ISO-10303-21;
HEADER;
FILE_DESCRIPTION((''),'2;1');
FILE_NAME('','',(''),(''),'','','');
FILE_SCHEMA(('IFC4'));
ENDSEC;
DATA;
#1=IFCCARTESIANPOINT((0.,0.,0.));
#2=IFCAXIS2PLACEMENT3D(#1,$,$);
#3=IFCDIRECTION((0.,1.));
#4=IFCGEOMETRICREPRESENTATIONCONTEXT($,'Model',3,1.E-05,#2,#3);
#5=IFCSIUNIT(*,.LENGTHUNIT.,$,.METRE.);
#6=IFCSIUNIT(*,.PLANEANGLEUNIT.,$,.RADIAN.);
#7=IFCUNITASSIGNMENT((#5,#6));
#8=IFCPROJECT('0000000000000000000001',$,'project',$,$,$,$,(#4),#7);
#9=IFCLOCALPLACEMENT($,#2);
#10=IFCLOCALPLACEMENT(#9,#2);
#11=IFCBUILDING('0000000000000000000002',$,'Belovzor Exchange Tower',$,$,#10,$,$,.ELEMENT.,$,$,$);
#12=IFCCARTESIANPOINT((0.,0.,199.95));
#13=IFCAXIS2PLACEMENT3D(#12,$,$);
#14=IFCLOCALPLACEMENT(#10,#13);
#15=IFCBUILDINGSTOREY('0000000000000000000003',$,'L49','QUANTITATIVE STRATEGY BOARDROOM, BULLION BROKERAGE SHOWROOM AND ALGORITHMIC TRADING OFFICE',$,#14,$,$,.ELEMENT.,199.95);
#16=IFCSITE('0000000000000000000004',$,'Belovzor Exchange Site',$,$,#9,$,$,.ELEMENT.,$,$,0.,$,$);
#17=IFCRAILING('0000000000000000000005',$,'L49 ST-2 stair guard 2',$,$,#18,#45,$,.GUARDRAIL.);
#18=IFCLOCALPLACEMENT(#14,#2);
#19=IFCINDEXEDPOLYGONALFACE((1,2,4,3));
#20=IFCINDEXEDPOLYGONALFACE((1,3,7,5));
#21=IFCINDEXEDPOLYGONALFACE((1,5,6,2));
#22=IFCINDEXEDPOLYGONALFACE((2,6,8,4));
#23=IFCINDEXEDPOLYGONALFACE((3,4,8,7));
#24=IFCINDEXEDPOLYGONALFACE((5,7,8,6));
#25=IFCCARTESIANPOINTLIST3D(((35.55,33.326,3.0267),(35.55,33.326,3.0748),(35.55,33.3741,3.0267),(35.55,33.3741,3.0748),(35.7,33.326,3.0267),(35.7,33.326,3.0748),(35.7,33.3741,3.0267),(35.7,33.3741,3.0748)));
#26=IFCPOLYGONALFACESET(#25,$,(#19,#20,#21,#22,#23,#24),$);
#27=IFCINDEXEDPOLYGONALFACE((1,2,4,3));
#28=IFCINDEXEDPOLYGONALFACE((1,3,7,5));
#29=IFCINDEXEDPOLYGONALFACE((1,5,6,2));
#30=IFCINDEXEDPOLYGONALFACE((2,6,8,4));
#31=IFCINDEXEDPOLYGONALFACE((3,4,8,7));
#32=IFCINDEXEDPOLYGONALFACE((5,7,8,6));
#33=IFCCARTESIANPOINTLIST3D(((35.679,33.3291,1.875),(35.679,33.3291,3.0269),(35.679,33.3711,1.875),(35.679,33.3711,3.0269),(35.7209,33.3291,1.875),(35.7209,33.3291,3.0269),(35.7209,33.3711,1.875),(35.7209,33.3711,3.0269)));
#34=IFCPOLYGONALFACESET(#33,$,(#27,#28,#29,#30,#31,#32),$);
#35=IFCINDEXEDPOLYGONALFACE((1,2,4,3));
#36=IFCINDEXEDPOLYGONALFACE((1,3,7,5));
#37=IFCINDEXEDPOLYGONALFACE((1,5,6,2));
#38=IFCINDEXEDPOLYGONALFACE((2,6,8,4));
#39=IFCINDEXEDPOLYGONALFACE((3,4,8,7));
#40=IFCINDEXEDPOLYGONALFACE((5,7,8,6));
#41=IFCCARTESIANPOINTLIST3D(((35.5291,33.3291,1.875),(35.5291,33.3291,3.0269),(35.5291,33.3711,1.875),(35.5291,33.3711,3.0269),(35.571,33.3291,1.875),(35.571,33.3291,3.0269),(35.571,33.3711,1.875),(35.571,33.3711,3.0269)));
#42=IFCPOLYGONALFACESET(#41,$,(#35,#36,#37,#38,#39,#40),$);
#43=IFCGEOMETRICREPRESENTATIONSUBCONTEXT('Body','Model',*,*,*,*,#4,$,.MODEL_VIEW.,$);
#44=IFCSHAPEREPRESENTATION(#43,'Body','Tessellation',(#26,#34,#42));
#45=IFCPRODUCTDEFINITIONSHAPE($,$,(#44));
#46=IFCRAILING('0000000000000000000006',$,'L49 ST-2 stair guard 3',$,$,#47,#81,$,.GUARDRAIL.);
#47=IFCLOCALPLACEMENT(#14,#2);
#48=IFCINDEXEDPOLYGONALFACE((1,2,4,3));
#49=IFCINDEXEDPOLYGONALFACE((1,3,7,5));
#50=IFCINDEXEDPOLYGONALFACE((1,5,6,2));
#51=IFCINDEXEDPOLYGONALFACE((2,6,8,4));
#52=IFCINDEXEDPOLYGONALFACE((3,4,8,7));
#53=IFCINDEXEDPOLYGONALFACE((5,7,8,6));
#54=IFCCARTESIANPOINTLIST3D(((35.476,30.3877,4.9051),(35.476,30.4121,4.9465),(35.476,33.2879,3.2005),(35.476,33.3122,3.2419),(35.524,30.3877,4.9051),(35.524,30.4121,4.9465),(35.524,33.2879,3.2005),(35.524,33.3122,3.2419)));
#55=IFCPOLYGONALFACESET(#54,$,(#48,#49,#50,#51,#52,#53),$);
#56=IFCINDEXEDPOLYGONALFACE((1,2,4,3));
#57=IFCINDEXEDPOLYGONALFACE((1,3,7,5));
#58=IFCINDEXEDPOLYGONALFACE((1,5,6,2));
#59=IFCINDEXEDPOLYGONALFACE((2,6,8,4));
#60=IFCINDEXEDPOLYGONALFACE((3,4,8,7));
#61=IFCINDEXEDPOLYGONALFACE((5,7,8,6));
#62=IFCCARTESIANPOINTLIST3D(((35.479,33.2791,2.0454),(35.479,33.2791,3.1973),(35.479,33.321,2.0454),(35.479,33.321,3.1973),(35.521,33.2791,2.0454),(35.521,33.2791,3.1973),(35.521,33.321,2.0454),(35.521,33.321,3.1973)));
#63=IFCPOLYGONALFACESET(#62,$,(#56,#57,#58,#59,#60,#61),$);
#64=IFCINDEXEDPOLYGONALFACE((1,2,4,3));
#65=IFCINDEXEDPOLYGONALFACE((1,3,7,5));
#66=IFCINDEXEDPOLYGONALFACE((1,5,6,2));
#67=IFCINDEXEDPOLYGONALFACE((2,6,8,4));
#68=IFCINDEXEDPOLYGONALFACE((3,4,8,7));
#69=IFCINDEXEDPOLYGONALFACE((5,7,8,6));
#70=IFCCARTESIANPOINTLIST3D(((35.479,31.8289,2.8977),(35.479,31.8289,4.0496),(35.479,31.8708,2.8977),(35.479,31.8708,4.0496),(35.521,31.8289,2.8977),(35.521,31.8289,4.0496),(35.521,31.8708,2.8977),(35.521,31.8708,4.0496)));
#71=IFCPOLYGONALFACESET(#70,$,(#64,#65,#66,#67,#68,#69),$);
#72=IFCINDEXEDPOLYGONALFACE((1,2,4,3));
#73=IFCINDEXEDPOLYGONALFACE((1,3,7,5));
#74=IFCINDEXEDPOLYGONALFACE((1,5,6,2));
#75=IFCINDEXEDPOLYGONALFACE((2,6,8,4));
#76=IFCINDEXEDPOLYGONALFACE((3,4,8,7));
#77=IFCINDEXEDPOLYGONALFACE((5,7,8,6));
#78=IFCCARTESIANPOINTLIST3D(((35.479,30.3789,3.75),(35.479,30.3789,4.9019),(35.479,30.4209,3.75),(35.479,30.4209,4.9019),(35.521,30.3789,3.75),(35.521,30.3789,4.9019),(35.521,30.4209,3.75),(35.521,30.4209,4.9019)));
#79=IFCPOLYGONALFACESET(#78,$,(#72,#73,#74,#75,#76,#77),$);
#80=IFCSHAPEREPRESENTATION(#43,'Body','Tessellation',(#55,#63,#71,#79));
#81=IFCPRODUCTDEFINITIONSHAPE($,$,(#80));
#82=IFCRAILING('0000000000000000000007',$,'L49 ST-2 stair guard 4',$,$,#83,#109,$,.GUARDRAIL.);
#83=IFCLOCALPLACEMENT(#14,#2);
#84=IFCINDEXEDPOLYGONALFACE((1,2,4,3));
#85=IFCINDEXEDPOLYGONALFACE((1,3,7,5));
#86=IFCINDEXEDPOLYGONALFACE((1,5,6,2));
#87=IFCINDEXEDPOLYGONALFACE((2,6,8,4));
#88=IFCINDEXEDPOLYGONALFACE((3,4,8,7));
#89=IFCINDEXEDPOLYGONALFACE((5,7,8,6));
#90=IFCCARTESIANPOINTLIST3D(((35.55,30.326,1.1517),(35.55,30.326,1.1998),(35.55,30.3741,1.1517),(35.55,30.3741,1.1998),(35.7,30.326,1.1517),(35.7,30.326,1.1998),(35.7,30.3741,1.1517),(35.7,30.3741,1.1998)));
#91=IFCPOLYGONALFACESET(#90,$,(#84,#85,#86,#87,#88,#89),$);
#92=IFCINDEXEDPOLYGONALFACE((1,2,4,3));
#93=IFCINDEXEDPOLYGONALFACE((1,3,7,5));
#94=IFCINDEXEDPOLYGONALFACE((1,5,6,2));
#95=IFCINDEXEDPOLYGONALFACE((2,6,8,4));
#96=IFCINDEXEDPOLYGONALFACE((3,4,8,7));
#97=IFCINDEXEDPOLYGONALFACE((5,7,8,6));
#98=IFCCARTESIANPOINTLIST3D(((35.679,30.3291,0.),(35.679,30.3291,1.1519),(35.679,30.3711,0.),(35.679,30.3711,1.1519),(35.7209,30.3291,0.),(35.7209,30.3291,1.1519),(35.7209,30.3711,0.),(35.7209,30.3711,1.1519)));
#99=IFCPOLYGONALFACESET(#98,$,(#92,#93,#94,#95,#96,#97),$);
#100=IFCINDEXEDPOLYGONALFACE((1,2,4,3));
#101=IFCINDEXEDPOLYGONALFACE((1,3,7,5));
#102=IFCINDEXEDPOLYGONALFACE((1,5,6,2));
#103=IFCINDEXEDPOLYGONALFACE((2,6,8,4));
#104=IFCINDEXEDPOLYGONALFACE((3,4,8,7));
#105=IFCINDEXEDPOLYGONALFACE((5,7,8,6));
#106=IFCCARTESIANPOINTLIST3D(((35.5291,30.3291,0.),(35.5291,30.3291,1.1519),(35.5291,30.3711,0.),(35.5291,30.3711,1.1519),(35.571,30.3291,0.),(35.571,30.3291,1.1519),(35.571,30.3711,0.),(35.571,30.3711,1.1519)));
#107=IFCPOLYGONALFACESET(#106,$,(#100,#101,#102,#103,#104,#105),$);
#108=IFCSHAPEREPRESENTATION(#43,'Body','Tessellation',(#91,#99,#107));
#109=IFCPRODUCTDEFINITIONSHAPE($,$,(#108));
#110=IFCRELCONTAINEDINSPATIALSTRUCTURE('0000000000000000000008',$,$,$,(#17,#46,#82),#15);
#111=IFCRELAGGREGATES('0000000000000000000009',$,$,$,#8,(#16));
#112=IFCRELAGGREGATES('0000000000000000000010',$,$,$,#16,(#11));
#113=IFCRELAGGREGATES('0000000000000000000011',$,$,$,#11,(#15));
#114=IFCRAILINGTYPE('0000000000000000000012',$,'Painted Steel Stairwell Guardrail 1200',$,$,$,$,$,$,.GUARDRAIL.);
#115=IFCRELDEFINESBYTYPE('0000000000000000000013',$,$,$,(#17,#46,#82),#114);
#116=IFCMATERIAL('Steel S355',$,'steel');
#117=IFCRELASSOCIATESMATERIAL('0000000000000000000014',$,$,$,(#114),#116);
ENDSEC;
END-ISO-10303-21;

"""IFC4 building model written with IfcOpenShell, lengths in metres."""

from ifc_helpers import new_model, si_unit, direction, frame, origin, origin_2d, place, context, subcontext, project, spatial, rectangle, extrude, material, type_object, element, save


model = new_model("IFC4")

# Units and contexts
model_context = context("Model", 3, precision=1e-05, world=origin(), true_north=direction((0.0, 1.0)))
body_context = subcontext(model_context, "Body", "Model", "MODEL_VIEW")
ifc_project = project(units=[si_unit("LENGTHUNIT", "METRE"), si_unit("PLANEANGLEUNIT", "RADIAN")], contexts=[model_context])

# Site, building, storey
site_placement = place(None, origin())
site = spatial("IfcSite", under=ifc_project, at=site_placement, Name="Belovzor Exchange Site", CompositionType="ELEMENT", RefElevation=0.0)
building_placement = place(site_placement, origin())
building = spatial("IfcBuilding", under=site, at=building_placement, Name="Belovzor Exchange Tower", CompositionType="ELEMENT")
storey_placement = place(building_placement, frame((0.0, 0.0, 199.95)))
storey = spatial("IfcBuildingStorey", under=building, at=storey_placement, Name="L49", Description="QUANTITATIVE STRATEGY BOARDROOM, BULLION BROKERAGE SHOWROOM AND ALGORITHMIC TRADING OFFICE", CompositionType="ELEMENT", Elevation=199.95)

# Railings
ifc_material_1 = material(Name="Steel S355", Category="steel")
railing_type_1 = type_object("IfcRailingType", Name="Painted Steel Stairwell Guardrail 1200", PredefinedType="GUARDRAIL", material=ifc_material_1)
railing_1_placement = place(storey_placement, frame((35.7, 33.3501, 1.875)))
element("IfcRailing", 1, at=railing_1_placement, inside=storey, type_object=railing_type_1, Name="L49 ST-2 stair guard 2", PredefinedType="GUARDRAIL", context=body_context, shape_type="SweptSolid", body=[
    extrude(rectangle(XDim=0.0481, YDim=0.0481, at=origin_2d()), frame((0.0, 0.0, 1.1758), z_axis=(-1.0, 0.0, 0.0), x_axis=(0.0, -1.0, 0.0)), (0.0, 0.0, 1.0), 0.1499),
    extrude(rectangle(XDim=0.042, YDim=0.042, at=origin_2d()), origin(), (0.0, 0.0, 1.0), 1.1519),
    extrude(rectangle(XDim=0.042, YDim=0.042, at=origin_2d()), frame((-0.1499, 0.0, 0.0)), (0.0, 0.0, 1.0), 1.1519),
])
railing_2_placement = place(storey_placement, frame((35.5, 33.3, 2.0454)))
element("IfcRailing", 2, at=railing_2_placement, inside=storey, type_object=railing_type_1, Name="L49 ST-2 stair guard 3", PredefinedType="GUARDRAIL", context=body_context, shape_type="SweptSolid", body=[
    extrude(rectangle(XDim=0.0481, YDim=0.0481, at=origin_2d()), frame((0.0, 0.0, 1.1758), z_axis=(0.0, -0.862113, 0.506716), x_axis=(1.0, 0.0, 0.0)), (0.0, 0.0, 1.0), 3.364),
    extrude(rectangle(XDim=0.042, YDim=0.042, at=origin_2d()), origin(), (0.0, 0.0, 1.0), 1.1519),
    extrude(rectangle(XDim=0.042, YDim=0.042, at=origin_2d()), frame((0.0, -1.4502, 0.8523)), (0.0, 0.0, 1.0), 1.1519),
    extrude(rectangle(XDim=0.042, YDim=0.042, at=origin_2d()), frame((0.0, -2.9001, 1.7046)), (0.0, 0.0, 1.0), 1.1519),
])
railing_3_placement = place(storey_placement, frame((35.7, 30.3501, 0.0)))
element("IfcRailing", 3, at=railing_3_placement, inside=storey, type_object=railing_type_1, Name="L49 ST-2 stair guard 4", PredefinedType="GUARDRAIL", context=body_context, shape_type="SweptSolid", body=[
    extrude(rectangle(XDim=0.0481, YDim=0.0481, at=origin_2d()), frame((0.0, 0.0, 1.1758), z_axis=(-1.0, 0.0, 0.0), x_axis=(0.0, -1.0, 0.0)), (0.0, 0.0, 1.0), 0.1499),
    extrude(rectangle(XDim=0.042, YDim=0.042, at=origin_2d()), origin(), (0.0, 0.0, 1.0), 1.1519),
    extrude(rectangle(XDim=0.042, YDim=0.042, at=origin_2d()), frame((-0.1499, 0.0, 0.0)), (0.0, 0.0, 1.0), 1.1519),
])

save(model, "model.ifc")
